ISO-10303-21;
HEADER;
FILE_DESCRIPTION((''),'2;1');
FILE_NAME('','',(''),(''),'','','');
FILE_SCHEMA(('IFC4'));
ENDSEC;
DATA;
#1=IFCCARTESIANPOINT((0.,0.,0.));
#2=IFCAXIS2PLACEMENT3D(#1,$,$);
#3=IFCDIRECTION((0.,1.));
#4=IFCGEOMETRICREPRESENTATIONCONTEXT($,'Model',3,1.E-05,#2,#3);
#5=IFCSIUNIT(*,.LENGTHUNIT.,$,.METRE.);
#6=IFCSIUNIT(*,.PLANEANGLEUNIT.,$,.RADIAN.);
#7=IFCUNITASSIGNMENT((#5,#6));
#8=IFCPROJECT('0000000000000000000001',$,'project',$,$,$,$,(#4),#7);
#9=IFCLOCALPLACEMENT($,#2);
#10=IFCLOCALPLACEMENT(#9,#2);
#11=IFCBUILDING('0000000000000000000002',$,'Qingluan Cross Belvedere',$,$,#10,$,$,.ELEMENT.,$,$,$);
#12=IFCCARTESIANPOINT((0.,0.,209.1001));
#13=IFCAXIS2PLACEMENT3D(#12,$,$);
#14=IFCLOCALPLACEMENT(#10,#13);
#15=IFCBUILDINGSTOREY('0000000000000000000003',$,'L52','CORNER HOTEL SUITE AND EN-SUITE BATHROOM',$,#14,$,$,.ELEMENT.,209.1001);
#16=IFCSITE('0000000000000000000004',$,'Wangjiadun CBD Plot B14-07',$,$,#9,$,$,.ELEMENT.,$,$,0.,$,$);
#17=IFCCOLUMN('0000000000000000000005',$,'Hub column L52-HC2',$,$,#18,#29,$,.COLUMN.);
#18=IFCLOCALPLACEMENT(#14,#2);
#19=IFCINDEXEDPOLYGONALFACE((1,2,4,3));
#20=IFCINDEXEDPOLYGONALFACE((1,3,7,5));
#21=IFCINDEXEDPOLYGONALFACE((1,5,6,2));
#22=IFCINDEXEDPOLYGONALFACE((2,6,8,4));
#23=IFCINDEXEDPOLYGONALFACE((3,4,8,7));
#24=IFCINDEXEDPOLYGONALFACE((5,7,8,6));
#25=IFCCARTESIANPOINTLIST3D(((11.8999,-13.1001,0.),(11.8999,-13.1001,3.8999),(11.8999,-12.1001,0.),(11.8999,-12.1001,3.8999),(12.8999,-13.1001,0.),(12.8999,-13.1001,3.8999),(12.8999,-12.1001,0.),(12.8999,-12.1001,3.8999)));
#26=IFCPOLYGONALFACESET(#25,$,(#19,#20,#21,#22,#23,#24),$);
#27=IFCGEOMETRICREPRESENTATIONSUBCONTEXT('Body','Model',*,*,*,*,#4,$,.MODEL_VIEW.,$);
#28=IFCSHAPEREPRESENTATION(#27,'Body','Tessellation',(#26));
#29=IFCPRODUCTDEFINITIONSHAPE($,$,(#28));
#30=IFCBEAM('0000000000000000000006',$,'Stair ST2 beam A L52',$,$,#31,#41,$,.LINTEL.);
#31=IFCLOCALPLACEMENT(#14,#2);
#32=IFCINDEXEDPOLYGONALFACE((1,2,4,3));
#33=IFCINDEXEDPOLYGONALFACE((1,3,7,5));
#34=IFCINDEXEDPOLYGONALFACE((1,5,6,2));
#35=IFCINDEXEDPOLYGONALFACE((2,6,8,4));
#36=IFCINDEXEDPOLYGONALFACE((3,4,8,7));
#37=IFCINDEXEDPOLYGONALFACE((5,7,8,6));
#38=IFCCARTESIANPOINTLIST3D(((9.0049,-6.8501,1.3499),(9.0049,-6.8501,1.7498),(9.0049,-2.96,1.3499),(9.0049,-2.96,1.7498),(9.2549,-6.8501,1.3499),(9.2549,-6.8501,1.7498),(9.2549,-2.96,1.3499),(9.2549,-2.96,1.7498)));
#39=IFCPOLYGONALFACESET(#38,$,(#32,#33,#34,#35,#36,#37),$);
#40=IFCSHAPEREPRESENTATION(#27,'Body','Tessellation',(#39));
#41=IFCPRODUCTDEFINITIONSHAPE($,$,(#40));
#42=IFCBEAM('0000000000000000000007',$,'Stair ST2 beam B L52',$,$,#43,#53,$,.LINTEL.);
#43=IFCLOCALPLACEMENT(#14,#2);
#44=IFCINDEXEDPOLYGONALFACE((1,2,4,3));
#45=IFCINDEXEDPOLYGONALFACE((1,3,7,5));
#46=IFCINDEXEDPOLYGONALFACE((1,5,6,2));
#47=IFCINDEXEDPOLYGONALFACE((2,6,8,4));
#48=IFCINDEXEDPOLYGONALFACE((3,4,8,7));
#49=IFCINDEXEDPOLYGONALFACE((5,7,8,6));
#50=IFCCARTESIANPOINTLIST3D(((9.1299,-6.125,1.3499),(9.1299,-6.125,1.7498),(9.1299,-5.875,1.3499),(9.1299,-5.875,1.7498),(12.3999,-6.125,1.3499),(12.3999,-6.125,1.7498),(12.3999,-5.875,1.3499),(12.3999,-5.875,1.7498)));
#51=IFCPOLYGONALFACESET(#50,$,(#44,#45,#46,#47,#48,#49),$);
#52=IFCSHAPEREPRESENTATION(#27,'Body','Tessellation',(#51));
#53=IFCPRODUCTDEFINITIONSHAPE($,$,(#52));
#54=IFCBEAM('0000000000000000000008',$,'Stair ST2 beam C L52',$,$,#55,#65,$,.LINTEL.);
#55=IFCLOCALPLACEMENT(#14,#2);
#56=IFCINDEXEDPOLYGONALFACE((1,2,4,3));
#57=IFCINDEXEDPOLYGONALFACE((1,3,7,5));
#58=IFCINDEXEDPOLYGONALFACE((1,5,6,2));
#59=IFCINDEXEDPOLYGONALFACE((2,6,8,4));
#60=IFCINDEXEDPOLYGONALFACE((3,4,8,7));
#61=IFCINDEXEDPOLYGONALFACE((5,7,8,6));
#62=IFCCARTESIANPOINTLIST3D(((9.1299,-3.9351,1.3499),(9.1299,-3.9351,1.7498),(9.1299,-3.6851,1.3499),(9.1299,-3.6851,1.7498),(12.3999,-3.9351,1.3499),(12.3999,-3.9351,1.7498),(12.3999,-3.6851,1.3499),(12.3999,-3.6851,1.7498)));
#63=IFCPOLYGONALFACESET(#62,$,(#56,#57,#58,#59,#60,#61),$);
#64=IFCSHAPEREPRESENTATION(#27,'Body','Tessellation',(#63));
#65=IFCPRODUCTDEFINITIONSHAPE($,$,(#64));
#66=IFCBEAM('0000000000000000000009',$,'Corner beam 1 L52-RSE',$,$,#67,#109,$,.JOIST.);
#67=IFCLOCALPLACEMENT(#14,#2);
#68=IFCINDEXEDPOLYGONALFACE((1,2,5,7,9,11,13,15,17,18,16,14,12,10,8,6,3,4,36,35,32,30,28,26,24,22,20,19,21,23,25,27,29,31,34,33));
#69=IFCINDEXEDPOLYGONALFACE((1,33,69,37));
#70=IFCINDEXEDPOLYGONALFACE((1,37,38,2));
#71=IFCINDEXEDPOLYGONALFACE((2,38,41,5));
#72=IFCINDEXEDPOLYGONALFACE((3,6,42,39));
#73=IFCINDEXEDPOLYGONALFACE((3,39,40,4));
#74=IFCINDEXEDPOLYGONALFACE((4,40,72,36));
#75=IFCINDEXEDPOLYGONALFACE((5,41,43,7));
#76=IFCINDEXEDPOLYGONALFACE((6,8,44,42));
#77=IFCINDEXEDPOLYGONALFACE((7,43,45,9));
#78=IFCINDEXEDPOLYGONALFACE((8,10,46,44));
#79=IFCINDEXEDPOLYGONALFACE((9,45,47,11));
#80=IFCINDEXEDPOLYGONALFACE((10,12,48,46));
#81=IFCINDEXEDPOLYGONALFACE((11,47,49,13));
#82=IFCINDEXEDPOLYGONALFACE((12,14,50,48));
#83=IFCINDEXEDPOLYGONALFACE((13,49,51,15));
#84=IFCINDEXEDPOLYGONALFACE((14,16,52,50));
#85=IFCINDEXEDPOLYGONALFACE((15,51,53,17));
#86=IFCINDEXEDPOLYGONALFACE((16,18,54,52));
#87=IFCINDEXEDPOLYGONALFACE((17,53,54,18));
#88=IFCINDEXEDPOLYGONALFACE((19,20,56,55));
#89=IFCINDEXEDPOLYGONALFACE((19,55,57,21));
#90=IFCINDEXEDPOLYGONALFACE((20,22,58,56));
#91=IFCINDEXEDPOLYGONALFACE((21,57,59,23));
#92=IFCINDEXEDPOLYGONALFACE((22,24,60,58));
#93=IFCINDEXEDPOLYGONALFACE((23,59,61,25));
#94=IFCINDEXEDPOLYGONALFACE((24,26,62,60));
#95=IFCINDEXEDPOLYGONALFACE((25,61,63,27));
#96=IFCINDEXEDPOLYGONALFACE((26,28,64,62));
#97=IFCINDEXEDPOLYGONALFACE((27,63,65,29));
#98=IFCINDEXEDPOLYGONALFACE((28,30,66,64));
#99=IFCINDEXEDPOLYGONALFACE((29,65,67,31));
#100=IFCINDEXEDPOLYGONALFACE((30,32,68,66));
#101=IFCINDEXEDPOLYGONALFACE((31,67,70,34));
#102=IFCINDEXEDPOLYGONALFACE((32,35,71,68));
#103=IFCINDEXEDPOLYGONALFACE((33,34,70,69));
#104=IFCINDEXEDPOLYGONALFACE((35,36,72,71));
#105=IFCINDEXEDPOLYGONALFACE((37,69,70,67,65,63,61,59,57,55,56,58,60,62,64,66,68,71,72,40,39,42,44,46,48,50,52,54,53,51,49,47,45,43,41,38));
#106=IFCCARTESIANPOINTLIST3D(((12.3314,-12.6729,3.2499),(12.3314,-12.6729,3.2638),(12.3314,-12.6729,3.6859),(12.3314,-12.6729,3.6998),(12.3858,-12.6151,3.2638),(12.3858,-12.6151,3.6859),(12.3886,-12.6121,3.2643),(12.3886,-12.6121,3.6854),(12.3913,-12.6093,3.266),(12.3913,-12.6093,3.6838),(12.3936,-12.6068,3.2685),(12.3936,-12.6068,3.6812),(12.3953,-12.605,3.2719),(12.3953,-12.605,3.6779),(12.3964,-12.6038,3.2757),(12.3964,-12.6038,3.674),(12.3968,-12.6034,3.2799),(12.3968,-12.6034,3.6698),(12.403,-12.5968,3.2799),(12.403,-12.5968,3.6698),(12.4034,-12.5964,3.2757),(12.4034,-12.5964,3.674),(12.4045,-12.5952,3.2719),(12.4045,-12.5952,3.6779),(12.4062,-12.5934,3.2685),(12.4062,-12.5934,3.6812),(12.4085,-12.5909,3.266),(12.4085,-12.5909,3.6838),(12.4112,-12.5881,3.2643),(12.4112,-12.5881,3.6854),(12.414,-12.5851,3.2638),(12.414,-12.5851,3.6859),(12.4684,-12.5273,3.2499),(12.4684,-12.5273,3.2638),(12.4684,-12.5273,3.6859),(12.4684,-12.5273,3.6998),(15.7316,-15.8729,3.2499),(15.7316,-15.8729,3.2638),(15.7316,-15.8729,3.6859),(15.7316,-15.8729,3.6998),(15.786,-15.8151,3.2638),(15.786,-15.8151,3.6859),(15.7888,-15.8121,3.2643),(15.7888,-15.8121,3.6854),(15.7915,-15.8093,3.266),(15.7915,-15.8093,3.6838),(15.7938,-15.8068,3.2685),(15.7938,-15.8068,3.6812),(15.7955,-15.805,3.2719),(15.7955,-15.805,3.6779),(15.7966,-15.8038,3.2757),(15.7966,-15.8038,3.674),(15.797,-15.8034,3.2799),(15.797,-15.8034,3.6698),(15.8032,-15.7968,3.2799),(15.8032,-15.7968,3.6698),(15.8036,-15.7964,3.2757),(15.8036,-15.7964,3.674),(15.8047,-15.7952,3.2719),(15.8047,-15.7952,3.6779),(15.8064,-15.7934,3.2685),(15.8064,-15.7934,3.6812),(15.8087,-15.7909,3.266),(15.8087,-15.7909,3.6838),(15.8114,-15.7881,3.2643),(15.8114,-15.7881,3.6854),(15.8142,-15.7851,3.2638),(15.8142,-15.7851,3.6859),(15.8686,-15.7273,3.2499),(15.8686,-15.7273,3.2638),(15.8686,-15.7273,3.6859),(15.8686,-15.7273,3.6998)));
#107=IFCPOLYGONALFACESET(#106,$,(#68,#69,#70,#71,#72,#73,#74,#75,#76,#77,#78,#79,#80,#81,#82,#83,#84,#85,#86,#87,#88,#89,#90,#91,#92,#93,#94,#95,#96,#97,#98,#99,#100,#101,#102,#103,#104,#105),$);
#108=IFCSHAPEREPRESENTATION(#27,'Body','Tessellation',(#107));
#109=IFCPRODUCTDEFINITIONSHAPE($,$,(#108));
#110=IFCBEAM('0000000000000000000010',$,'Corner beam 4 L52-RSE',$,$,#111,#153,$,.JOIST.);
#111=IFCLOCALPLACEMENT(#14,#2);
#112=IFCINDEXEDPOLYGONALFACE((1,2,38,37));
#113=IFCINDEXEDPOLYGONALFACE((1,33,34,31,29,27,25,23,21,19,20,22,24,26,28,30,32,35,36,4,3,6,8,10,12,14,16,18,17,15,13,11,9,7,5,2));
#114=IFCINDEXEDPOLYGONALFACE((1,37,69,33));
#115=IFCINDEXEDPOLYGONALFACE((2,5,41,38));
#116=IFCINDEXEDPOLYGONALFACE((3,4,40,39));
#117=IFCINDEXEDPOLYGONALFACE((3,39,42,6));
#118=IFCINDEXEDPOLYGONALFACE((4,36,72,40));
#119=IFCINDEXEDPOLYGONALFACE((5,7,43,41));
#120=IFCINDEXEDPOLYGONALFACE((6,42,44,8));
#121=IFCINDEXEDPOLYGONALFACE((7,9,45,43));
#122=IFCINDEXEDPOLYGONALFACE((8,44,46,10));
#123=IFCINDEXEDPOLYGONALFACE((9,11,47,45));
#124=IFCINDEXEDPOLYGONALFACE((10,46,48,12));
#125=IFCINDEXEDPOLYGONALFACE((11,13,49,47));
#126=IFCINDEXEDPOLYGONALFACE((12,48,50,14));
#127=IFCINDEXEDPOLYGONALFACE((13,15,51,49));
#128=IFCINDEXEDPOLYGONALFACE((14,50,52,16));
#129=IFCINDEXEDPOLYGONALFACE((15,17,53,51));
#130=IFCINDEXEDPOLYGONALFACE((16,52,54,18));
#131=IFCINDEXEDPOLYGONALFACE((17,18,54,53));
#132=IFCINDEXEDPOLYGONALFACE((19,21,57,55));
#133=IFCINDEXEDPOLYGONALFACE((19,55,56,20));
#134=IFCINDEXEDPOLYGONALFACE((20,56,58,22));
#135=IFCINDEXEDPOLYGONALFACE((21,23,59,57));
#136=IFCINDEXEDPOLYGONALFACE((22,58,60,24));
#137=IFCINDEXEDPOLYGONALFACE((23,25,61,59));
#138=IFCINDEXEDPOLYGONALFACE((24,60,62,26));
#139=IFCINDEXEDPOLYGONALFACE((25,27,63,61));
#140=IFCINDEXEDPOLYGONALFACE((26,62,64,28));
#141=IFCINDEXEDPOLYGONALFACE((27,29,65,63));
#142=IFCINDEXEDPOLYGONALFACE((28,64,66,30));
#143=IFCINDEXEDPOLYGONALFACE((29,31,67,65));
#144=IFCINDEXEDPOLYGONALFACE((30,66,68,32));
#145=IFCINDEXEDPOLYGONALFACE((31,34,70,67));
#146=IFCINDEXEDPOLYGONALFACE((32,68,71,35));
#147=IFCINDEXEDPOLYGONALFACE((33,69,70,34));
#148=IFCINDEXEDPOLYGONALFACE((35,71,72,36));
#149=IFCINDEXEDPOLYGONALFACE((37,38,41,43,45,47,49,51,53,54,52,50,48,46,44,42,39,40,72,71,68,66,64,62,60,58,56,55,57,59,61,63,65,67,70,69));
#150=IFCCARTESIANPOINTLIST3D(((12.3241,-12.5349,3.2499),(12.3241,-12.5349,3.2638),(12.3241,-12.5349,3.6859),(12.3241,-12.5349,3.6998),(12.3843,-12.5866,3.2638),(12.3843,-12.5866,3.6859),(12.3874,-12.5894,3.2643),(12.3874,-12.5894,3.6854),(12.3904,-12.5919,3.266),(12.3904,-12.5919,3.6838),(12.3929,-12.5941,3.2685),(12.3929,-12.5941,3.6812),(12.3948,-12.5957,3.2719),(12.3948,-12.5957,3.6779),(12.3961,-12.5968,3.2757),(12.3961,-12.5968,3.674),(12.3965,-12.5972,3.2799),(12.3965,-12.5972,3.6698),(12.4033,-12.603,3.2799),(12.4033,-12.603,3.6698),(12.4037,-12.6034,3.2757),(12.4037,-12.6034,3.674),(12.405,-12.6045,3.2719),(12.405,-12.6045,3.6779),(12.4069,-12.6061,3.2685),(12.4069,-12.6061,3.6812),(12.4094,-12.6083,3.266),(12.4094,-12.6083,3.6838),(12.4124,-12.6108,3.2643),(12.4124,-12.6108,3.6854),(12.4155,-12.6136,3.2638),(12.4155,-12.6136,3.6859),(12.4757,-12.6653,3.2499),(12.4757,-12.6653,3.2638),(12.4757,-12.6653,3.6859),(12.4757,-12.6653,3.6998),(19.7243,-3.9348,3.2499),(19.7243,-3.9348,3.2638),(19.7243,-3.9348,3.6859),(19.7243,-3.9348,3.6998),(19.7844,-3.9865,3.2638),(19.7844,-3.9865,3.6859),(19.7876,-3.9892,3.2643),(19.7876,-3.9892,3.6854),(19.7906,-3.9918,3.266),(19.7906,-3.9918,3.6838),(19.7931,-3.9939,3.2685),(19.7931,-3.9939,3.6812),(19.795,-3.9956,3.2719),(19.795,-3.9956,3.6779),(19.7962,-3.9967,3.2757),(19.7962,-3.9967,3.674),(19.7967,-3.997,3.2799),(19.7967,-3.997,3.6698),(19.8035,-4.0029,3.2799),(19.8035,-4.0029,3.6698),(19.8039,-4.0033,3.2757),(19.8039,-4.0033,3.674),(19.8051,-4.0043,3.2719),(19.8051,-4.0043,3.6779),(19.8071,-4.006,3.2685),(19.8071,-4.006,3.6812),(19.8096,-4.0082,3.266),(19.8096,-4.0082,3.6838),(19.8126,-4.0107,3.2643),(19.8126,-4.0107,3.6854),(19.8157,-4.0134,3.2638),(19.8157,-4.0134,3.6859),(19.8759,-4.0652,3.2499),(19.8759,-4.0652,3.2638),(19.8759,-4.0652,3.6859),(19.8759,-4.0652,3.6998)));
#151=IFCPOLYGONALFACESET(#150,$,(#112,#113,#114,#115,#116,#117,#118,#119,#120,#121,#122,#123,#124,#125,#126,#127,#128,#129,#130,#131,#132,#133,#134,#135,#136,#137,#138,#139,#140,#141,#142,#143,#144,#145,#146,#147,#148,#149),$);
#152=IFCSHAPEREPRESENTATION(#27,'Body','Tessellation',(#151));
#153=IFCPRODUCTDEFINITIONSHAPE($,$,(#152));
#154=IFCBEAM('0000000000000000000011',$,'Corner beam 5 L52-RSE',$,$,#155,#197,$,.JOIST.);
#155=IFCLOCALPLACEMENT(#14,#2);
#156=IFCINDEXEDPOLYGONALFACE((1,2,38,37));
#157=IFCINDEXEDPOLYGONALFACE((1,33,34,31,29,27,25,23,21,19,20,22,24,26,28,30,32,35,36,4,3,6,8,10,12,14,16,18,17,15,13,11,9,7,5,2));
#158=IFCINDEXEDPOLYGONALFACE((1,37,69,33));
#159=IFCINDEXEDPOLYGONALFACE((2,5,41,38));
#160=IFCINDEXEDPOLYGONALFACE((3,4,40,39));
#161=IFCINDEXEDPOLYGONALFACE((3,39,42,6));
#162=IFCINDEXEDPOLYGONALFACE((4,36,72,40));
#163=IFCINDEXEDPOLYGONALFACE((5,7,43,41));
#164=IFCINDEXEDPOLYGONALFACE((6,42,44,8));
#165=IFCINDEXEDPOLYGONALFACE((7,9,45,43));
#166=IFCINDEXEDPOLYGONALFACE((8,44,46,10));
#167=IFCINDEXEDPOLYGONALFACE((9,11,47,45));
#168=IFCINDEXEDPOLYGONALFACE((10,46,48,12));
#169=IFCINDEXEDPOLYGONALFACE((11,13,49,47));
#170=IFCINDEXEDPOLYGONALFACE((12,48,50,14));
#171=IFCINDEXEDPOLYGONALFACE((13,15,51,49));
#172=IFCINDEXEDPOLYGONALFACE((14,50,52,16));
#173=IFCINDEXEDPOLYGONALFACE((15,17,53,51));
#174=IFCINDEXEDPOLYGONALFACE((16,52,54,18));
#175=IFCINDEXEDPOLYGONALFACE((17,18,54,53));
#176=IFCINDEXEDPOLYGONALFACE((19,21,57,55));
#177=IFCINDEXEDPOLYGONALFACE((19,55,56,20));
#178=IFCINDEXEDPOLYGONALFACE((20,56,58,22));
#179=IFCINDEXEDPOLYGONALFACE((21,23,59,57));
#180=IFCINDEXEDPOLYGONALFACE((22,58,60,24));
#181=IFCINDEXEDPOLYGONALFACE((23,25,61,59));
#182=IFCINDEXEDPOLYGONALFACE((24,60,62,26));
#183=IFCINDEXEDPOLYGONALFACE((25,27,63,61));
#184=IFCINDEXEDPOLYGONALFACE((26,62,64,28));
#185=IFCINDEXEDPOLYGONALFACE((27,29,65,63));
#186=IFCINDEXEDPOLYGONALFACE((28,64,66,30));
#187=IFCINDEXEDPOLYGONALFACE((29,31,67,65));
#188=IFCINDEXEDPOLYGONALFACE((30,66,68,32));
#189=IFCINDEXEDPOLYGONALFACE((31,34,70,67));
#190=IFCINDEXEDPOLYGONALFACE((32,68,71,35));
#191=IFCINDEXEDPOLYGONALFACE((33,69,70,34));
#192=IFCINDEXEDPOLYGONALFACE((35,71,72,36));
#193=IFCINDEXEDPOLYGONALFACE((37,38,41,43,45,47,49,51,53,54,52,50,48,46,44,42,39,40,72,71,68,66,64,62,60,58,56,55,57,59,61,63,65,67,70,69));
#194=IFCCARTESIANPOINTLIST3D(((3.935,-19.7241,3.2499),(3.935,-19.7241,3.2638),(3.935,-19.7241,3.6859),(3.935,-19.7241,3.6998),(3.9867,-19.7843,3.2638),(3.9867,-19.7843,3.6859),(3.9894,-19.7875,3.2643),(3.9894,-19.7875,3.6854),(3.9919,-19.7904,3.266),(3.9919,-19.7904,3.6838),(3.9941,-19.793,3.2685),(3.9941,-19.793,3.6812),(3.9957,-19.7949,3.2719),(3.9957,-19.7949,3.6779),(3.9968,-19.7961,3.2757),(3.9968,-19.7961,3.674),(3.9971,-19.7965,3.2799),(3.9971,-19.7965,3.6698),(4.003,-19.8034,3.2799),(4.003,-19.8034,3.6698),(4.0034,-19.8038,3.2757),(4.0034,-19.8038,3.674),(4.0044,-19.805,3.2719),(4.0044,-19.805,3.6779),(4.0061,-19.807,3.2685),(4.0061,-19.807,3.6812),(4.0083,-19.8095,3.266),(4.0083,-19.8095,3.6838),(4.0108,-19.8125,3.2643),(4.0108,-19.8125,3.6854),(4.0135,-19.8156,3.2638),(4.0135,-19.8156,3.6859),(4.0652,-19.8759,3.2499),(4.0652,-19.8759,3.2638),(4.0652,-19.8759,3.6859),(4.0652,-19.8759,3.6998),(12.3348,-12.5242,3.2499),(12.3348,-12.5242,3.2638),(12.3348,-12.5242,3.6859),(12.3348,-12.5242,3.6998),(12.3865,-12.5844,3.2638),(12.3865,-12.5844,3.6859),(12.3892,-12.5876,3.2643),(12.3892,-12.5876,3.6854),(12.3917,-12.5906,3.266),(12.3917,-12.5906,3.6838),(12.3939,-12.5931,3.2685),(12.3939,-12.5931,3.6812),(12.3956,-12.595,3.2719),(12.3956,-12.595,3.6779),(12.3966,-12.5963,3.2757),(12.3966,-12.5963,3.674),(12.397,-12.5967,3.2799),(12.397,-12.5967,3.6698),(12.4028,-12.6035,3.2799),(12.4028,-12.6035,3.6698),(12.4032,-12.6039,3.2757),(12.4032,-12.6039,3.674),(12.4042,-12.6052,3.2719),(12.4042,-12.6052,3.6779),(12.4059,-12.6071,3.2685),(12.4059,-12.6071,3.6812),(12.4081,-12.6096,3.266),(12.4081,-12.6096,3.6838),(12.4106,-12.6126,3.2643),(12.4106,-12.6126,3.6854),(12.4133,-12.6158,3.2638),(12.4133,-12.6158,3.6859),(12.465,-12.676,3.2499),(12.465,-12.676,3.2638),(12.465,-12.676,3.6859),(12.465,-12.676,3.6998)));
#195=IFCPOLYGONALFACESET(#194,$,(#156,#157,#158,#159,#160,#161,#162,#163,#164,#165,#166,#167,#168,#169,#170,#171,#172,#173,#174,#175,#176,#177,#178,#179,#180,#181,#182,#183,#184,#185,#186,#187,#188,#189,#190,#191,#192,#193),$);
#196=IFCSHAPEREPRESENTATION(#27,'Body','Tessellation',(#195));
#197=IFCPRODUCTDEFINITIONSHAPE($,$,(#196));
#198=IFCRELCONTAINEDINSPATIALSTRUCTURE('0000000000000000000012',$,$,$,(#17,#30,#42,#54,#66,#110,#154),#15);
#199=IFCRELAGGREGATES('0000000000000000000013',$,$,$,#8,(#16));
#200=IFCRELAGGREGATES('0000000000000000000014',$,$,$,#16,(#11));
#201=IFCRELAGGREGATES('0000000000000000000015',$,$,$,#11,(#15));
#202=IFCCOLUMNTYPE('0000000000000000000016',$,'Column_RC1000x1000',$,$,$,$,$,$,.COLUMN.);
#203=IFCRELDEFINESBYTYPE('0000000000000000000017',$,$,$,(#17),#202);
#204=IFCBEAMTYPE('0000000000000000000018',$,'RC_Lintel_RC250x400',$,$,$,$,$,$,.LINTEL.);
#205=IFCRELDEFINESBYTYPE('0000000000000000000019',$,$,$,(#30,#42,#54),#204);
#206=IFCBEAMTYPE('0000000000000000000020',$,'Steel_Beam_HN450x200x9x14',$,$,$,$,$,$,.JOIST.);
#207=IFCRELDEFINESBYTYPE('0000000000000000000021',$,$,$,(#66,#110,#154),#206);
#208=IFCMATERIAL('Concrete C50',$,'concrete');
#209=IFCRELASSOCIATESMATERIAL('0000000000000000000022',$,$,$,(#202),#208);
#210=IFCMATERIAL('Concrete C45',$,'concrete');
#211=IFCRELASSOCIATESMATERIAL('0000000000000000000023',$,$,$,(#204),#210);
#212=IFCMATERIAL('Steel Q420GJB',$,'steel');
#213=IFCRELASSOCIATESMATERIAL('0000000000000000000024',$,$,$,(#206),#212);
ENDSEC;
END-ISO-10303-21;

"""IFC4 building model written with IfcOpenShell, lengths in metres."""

from ifc_helpers import new_model, si_unit, direction, frame, origin, origin_2d, place, context, subcontext, project, spatial, rectangle, i_section, extrude, material, material_profile, profile_set, type_object, element, save


model = new_model("IFC4")

# Units and contexts
model_context = context("Model", 3, precision=1e-05, world=origin(), true_north=direction((0.0, 1.0)))
body_context = subcontext(model_context, "Body", "Model", "MODEL_VIEW")
ifc_project = project(units=[si_unit("LENGTHUNIT", "METRE"), si_unit("PLANEANGLEUNIT", "RADIAN")], contexts=[model_context])

# Site, building, storey
site_placement = place(None, origin())
site = spatial("IfcSite", under=ifc_project, at=site_placement, Name="Wangjiadun CBD Plot B14-07", CompositionType="ELEMENT", RefElevation=0.0)
building_placement = place(site_placement, origin())
building = spatial("IfcBuilding", under=site, at=building_placement, Name="Qingluan Cross Belvedere", CompositionType="ELEMENT")
storey_placement = place(building_placement, frame((0.0, 0.0, 209.1001)))
storey = spatial("IfcBuildingStorey", under=building, at=storey_placement, Name="L52", Description="CORNER HOTEL SUITE AND EN-SUITE BATHROOM", CompositionType="ELEMENT", Elevation=209.1001)

# Column
ifc_material_1 = material(Name="Concrete C50", Category="concrete")
ifc_material_profile_1 = material_profile(ifc_material_1, rectangle(XDim=1.0, YDim=1.0, at=origin_2d()), Name="RC1000x1000")
ifc_profile_set_1 = profile_set([ifc_material_profile_1], Name="Concrete C50")
column_type = type_object("IfcColumnType", Name="Column_RC1000x1000", PredefinedType="COLUMN", material=ifc_profile_set_1)
column_placement = place(storey_placement, frame((12.3999, -12.6001, 0.0), z_axis=(0.0, 0.0, 1.0), x_axis=(1.0, 0.0, 0.0)))
element("IfcColumn", 1, at=column_placement, inside=storey, type_object=column_type, Name="Hub column L52-HC2", PredefinedType="COLUMN", context=body_context, shape_type="SweptSolid", body=[
    extrude(rectangle(XDim=1.0, YDim=1.0, at=origin_2d()), origin(), (0.0, 0.0, 1.0), 3.8999),
])

# Beams
ifc_material_2 = material(Name="Concrete C45", Category="concrete")
ifc_material_profile_2 = material_profile(ifc_material_2, rectangle(XDim=0.25, YDim=0.3999, at=origin_2d()), Name="RC250x400")
ifc_profile_set_2 = profile_set([ifc_material_profile_2], Name="Concrete C45")
beam_type_1 = type_object("IfcBeamType", Name="RC_Lintel_RC250x400", PredefinedType="LINTEL", material=ifc_profile_set_2)
beam_1_placement = place(storey_placement, frame((9.1299, -6.8501, 1.5498), z_axis=(0.0, 1.0, 0.0), x_axis=(-1.0, 0.0, 0.0)))
element("IfcBeam", 2, at=beam_1_placement, inside=storey, type_object=beam_type_1, Name="Stair ST2 beam A L52", PredefinedType="LINTEL", context=body_context, shape_type="SweptSolid", body=[
    extrude(rectangle(XDim=0.25, YDim=0.3999, at=origin_2d()), origin(), (0.0, 0.0, 1.0), 3.8901),
])
for number, where, z_axis, x_axis, name in (
    (3, (12.3999, -6.0, 1.5498), (-1.0, 0.0, 0.0), (0.0, -1.0, 0.0), "Stair ST2 beam B L52"),
    (4, (12.3999, -3.8101, 1.5498), (-1.0, 0.0, 0.0), (0.0, -1.0, 0.0), "Stair ST2 beam C L52"),
):
    element("IfcBeam", number, at=place(storey_placement, frame(where, z_axis=z_axis, x_axis=x_axis)), inside=storey, type_object=beam_type_1, Name=name, PredefinedType="LINTEL", context=body_context, shape_type="SweptSolid", body=[
        extrude(rectangle(XDim=0.25, YDim=0.3999, at=origin_2d()), origin(), (0.0, 0.0, 1.0), 3.27),
    ])
ifc_material_3 = material(Name="Steel Q420GJB", Category="steel")
ifc_material_profile_3 = material_profile(ifc_material_3, i_section(OverallWidth=0.2, OverallDepth=0.45, WebThickness=0.009, FlangeThickness=0.0139, FilletRadius=0.0161, at=origin_2d()), Name="HN450x200x9x14")
ifc_profile_set_3 = profile_set([ifc_material_profile_3], Name="Steel Q420GJB")
beam_type_2 = type_object("IfcBeamType", Name="Steel_Beam_HN450x200x9x14", PredefinedType="JOIST", material=ifc_profile_set_3)
beam_2_placement = place(storey_placement, frame((12.3999, -12.6001, 3.4749), z_axis=(0.72822, -0.685343, 0.0), x_axis=(0.685343, 0.72822, 0.0)))
element("IfcBeam", 5, at=beam_2_placement, inside=storey, type_object=beam_type_2, Name="Corner beam 1 L52-RSE", PredefinedType="JOIST", context=body_context, shape_type="SweptSolid", body=[
    extrude(i_section(OverallWidth=0.2, OverallDepth=0.45, WebThickness=0.009, FlangeThickness=0.0139, FilletRadius=0.0161, at=origin_2d()), origin(), (0.0, 0.0, 1.0), 4.6692),
])
beam_3_placement = place(storey_placement, frame((12.3999, -12.6001, 3.4749), z_axis=(0.652245, 0.758008, 0.0), x_axis=(-0.758008, 0.652245, 0.0)))
element("IfcBeam", 6, at=beam_3_placement, inside=storey, type_object=beam_type_2, Name="Corner beam 4 L52-RSE", PredefinedType="JOIST", context=body_context, shape_type="SweptSolid", body=[
    extrude(i_section(OverallWidth=0.2, OverallDepth=0.45, WebThickness=0.009, FlangeThickness=0.0139, FilletRadius=0.0161, at=origin_2d()), origin(), (0.0, 0.0, 1.0), 11.3457),
])
beam_4_placement = place(storey_placement, frame((12.3999, -12.6001, 3.4749), z_axis=(-0.759255, -0.650793, 0.0), x_axis=(0.650793, -0.759255, 0.0)))
element("IfcBeam", 7, at=beam_4_placement, inside=storey, type_object=beam_type_2, Name="Corner beam 5 L52-RSE", PredefinedType="JOIST", context=body_context, shape_type="SweptSolid", body=[
    extrude(i_section(OverallWidth=0.2, OverallDepth=0.45, WebThickness=0.009, FlangeThickness=0.0139, FilletRadius=0.0161, at=origin_2d()), origin(), (0.0, 0.0, 1.0), 11.0632),
])

save(model, "model.ifc")
